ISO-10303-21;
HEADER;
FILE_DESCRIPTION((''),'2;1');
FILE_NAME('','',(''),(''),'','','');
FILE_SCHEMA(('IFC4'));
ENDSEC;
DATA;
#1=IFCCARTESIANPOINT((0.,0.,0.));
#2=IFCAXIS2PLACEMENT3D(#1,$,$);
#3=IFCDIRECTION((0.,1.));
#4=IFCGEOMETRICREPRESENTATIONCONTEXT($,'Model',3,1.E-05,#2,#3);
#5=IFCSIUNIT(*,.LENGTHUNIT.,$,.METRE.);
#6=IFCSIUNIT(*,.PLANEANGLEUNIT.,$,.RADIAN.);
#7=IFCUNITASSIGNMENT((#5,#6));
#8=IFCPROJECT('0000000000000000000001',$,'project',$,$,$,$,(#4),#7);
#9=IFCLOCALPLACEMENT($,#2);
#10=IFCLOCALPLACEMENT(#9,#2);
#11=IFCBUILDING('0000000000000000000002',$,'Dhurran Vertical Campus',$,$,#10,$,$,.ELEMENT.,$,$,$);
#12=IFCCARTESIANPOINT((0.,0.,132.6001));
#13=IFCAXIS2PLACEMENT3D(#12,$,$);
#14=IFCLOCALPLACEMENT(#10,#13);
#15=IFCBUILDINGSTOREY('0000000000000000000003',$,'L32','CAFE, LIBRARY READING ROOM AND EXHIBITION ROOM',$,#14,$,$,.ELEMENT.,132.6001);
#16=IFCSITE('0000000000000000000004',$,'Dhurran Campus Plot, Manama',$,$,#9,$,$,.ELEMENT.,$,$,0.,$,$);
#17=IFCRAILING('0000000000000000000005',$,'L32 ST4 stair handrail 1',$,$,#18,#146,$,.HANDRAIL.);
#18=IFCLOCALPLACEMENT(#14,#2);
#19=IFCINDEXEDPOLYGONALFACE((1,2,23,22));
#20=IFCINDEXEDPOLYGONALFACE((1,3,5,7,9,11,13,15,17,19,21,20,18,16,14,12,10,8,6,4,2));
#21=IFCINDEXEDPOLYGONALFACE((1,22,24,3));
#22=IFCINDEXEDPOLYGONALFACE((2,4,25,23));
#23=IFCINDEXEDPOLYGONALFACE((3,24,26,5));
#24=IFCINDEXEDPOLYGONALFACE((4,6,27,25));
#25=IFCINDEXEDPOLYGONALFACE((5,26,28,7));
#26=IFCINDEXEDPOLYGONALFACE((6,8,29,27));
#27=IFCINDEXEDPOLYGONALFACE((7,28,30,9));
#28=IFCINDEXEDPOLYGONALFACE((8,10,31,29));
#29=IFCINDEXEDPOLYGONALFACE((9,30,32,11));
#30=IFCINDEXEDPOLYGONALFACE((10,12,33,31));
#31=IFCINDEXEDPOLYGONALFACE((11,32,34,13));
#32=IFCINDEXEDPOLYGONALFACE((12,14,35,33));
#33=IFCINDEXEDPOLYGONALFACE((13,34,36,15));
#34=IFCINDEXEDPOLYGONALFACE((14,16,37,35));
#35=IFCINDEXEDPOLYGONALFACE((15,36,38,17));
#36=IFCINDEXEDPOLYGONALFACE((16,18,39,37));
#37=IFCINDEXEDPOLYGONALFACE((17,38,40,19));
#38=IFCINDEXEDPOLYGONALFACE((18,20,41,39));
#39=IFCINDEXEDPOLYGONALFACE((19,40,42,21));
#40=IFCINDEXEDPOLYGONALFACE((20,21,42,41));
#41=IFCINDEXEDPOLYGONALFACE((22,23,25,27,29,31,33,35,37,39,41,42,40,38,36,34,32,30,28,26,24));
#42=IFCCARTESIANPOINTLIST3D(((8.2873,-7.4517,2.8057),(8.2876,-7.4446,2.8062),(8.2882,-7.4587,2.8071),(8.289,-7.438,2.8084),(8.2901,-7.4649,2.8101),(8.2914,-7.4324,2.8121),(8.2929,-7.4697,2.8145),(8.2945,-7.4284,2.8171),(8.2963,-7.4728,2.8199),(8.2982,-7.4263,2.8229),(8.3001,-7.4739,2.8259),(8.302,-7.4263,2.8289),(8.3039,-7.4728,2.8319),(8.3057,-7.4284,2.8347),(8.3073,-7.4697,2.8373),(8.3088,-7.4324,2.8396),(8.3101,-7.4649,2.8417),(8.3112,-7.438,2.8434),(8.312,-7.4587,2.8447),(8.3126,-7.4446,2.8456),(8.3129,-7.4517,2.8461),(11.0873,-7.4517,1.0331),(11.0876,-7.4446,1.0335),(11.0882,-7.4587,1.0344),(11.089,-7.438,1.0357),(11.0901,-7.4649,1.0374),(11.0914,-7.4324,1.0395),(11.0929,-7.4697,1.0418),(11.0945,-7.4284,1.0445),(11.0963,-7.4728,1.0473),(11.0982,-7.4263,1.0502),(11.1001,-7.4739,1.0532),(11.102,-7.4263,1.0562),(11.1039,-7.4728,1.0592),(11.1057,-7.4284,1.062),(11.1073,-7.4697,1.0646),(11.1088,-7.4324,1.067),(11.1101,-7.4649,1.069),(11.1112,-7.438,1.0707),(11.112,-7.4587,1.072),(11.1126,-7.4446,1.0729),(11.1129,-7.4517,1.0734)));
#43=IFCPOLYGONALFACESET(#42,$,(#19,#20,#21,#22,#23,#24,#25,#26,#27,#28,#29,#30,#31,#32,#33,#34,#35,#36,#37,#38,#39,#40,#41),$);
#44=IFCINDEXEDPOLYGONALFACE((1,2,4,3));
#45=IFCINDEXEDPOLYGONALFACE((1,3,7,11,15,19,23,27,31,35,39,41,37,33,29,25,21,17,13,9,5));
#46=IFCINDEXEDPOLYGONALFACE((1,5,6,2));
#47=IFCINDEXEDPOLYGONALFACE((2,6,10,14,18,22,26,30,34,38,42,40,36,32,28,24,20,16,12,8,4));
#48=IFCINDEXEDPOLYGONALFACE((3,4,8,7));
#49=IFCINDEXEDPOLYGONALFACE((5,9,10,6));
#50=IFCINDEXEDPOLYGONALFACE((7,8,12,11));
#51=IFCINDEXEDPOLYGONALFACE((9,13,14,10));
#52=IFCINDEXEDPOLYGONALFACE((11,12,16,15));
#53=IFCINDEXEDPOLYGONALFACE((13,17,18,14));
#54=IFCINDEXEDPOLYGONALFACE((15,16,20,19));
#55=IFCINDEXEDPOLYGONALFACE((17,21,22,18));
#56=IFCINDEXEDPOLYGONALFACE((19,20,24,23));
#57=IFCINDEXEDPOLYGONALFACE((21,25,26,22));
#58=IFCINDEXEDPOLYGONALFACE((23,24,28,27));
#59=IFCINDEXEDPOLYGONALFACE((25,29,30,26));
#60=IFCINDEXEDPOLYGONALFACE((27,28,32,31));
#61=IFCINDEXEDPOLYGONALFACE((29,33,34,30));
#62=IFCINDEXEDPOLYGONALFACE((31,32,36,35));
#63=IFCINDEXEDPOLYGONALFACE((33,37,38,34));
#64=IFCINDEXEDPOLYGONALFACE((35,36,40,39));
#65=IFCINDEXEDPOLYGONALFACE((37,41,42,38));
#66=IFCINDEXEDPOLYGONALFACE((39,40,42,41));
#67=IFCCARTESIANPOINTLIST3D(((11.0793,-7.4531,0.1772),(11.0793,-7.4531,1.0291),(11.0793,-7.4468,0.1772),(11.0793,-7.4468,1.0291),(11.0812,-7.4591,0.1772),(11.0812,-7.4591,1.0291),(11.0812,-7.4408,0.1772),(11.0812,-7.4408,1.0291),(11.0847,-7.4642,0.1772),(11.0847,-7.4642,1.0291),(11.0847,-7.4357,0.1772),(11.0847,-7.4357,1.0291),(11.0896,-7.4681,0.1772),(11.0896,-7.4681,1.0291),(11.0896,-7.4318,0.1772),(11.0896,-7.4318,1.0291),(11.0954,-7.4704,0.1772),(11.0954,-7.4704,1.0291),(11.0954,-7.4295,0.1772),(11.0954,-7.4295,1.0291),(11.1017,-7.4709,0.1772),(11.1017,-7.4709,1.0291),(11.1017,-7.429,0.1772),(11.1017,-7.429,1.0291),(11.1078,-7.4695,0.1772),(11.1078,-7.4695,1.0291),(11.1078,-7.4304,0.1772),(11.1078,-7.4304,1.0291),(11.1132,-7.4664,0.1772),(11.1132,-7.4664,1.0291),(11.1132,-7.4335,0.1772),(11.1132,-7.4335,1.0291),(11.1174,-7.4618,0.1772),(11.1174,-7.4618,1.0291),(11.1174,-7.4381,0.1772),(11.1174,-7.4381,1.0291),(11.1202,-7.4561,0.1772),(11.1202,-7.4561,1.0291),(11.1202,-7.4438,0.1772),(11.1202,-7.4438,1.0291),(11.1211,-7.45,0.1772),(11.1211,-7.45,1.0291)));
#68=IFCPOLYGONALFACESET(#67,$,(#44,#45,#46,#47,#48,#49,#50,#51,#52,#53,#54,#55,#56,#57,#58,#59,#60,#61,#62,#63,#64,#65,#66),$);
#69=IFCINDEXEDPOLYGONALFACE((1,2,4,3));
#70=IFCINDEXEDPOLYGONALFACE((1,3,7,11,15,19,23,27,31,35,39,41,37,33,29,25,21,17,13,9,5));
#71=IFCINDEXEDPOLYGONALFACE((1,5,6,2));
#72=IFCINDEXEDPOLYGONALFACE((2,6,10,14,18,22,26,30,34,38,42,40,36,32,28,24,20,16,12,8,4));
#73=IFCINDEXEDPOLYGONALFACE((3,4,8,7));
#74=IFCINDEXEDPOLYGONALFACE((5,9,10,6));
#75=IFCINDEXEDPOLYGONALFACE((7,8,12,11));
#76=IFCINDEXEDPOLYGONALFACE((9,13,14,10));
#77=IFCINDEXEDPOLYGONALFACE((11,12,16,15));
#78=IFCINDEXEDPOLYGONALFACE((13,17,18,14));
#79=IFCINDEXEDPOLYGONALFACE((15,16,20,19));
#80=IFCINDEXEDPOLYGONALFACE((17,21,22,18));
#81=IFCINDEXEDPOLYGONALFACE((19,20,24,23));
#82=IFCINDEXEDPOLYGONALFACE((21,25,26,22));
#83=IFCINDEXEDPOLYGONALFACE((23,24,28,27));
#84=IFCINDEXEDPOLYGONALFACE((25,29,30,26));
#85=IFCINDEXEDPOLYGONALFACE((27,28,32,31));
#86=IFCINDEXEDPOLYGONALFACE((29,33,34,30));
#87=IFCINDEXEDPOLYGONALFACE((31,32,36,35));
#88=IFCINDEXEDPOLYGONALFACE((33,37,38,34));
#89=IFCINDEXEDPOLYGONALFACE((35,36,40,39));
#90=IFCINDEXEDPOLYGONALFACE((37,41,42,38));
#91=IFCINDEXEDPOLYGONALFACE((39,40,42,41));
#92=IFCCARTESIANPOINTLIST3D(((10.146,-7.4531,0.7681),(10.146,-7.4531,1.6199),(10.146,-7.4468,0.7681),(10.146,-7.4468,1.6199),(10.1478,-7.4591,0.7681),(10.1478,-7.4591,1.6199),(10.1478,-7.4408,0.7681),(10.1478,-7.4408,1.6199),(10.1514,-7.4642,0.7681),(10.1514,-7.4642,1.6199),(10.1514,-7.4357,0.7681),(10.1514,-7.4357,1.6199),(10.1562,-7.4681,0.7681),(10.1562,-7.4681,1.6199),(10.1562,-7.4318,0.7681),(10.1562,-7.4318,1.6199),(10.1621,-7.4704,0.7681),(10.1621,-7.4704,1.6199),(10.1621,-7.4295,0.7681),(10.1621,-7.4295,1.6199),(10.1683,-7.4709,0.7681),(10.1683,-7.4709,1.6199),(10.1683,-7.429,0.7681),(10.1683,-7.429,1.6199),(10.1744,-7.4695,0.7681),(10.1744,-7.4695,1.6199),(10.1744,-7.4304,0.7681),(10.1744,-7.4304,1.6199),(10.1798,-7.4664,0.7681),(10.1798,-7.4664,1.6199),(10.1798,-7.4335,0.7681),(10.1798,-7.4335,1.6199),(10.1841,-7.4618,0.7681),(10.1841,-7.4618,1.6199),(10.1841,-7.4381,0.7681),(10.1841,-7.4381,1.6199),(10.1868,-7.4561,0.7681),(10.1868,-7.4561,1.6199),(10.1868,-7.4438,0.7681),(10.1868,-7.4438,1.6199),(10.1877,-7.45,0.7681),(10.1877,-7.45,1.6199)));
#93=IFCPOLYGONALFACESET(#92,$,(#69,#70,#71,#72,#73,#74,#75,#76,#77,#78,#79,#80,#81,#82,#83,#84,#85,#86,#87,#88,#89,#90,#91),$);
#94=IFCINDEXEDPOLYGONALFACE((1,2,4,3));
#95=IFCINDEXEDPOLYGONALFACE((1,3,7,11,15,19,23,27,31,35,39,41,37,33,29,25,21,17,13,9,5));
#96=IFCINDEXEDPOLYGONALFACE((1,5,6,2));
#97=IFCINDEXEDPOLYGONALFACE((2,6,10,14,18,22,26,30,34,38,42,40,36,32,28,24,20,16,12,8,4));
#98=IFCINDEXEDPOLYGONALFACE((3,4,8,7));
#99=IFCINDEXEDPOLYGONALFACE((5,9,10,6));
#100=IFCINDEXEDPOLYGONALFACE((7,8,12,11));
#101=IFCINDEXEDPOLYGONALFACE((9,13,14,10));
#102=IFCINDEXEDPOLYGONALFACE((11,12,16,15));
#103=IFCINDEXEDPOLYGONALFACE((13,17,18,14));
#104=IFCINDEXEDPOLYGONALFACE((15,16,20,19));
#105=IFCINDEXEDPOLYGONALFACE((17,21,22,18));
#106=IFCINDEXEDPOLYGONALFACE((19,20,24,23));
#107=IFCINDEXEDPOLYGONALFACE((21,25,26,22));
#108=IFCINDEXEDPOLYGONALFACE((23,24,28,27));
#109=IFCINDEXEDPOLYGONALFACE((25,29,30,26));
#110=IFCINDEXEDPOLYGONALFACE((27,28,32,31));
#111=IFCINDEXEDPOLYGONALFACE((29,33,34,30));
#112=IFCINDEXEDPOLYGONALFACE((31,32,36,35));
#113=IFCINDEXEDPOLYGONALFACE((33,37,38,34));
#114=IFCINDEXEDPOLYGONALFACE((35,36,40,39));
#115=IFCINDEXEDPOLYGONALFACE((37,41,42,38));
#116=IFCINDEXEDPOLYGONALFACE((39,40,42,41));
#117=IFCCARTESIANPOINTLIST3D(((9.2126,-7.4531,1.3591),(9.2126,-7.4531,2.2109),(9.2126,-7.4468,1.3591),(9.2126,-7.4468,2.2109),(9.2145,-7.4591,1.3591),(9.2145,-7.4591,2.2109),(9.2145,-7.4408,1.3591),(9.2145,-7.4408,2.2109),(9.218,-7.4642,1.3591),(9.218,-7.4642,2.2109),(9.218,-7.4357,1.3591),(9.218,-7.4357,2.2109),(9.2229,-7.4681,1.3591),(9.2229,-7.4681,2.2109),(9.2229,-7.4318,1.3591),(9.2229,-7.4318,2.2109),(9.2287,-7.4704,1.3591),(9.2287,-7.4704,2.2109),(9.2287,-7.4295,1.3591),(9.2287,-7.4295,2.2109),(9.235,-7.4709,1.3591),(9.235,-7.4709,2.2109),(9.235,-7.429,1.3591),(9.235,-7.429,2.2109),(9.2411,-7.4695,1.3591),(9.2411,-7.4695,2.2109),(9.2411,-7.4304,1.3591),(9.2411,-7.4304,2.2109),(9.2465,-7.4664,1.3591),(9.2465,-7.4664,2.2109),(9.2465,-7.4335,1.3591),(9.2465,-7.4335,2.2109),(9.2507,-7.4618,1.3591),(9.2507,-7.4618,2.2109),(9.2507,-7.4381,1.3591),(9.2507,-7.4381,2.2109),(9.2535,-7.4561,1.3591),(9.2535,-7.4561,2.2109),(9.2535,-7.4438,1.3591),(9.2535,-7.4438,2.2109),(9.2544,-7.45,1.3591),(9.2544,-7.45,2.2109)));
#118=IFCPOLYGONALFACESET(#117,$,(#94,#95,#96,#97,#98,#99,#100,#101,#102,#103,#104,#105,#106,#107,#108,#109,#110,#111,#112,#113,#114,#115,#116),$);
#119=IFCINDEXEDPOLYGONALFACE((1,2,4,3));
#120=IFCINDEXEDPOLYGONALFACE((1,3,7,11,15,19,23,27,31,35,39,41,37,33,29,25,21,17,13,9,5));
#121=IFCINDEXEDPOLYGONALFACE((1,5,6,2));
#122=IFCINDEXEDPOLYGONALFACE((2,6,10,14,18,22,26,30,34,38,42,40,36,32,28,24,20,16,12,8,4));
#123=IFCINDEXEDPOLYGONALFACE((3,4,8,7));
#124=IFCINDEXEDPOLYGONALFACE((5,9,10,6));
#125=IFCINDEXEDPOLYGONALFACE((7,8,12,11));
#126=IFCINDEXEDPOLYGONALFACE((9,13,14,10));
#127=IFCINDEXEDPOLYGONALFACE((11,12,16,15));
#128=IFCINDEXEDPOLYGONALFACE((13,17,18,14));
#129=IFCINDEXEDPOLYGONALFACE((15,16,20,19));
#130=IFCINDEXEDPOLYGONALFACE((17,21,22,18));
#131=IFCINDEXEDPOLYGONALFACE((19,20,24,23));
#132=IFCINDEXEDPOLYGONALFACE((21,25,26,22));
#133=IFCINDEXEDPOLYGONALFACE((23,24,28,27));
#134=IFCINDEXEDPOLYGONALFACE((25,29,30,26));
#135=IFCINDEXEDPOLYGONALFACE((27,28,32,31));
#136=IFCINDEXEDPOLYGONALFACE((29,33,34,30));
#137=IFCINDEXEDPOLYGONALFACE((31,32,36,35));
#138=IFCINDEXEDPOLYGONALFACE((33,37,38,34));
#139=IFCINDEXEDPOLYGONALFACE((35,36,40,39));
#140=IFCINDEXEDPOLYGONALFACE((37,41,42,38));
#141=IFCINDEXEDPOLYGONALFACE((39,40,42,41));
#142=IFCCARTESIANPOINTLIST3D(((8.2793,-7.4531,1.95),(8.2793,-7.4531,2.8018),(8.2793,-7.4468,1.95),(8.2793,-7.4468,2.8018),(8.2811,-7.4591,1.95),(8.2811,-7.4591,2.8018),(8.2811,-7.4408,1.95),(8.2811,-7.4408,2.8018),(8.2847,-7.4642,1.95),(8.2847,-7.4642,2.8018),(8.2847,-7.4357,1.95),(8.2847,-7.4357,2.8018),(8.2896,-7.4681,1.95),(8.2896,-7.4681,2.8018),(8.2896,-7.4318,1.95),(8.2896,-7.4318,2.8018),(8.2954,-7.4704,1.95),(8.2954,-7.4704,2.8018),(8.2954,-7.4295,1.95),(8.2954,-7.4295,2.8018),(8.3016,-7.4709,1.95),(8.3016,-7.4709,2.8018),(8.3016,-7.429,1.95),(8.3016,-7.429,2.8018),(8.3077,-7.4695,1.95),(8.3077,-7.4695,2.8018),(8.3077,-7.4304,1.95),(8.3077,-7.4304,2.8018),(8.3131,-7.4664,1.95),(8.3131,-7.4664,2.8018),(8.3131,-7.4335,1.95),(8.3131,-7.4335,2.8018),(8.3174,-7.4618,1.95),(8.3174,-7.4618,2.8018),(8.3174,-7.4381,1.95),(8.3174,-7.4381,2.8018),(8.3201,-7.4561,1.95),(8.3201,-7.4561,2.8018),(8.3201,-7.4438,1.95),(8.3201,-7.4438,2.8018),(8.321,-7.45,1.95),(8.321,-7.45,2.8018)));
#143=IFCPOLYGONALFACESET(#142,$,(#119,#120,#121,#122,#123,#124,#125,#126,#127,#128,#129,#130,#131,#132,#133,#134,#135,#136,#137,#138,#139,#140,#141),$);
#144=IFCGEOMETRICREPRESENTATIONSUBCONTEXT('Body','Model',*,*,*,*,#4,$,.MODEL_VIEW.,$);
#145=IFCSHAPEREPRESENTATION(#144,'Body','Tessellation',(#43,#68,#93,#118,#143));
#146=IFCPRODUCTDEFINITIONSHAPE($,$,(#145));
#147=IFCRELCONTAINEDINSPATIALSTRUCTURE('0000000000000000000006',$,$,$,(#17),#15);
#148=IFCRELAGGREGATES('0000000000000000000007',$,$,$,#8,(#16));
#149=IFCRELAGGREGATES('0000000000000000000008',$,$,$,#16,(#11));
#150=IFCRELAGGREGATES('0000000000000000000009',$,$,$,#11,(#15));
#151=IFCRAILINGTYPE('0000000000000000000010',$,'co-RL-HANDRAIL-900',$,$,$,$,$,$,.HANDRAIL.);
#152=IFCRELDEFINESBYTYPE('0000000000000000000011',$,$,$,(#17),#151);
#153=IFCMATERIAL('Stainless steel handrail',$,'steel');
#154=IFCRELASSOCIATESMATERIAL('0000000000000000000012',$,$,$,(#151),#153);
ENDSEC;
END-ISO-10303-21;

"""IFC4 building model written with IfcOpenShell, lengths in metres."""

from ifc_helpers import new_model, si_unit, direction, frame, origin, origin_2d, place, context, subcontext, project, spatial, circle, extrude, material, type_object, element, save


model = new_model("IFC4")

# Units and contexts
model_context = context("Model", 3, precision=1e-05, world=origin(), true_north=direction((0.0, 1.0)))
body_context = subcontext(model_context, "Body", "Model", "MODEL_VIEW")
ifc_project = project(units=[si_unit("LENGTHUNIT", "METRE"), si_unit("PLANEANGLEUNIT", "RADIAN")], contexts=[model_context])

# Site, building, storey
site_placement = place(None, origin())
site = spatial("IfcSite", under=ifc_project, at=site_placement, Name="Dhurran Campus Plot, Manama", CompositionType="ELEMENT", RefElevation=0.0)
building_placement = place(site_placement, origin())
building = spatial("IfcBuilding", under=site, at=building_placement, Name="Dhurran Vertical Campus", CompositionType="ELEMENT")
storey_placement = place(building_placement, frame((0.0, 0.0, 132.6001)))
storey = spatial("IfcBuildingStorey", under=building, at=storey_placement, Name="L32", Description="CAFE, LIBRARY READING ROOM AND EXHIBITION ROOM", CompositionType="ELEMENT", Elevation=132.6001)

# Railing
ifc_material_1 = material(Name="Stainless steel handrail", Category="steel")
railing_type_1 = type_object("IfcRailingType", Name="co-RL-HANDRAIL-900", PredefinedType="HANDRAIL", material=ifc_material_1)
railing_1_placement = place(storey_placement, frame((11.1001, -7.45, 0.1772)))
element("IfcRailing", 1, at=railing_1_placement, inside=storey, type_object=railing_type_1, Name="L32 ST4 stair handrail 1", PredefinedType="HANDRAIL", context=body_context, shape_type="SweptSolid", body=[
    extrude(circle(Radius=0.0239, at=origin_2d()), frame((0.0, 0.0, 0.876), z_axis=(-0.844909, 0.0, 0.53491), x_axis=(0.0, -1.0, 0.0)), (0.0, 0.0, 1.0), 3.314),
    extrude(circle(Radius=0.021, at=origin_2d()), origin(), (0.0, 0.0, 1.0), 0.8518),
    extrude(circle(Radius=0.021, at=origin_2d()), frame((-0.9333, 0.0, 0.5908)), (0.0, 0.0, 1.0), 0.8518),
    extrude(circle(Radius=0.021, at=origin_2d()), frame((-1.8667, 0.0, 1.1819)), (0.0, 0.0, 1.0), 0.8518),
    extrude(circle(Radius=0.021, at=origin_2d()), frame((-2.8, 0.0, 1.7727)), (0.0, 0.0, 1.0), 0.8518),
])

save(model, "model.ifc")
